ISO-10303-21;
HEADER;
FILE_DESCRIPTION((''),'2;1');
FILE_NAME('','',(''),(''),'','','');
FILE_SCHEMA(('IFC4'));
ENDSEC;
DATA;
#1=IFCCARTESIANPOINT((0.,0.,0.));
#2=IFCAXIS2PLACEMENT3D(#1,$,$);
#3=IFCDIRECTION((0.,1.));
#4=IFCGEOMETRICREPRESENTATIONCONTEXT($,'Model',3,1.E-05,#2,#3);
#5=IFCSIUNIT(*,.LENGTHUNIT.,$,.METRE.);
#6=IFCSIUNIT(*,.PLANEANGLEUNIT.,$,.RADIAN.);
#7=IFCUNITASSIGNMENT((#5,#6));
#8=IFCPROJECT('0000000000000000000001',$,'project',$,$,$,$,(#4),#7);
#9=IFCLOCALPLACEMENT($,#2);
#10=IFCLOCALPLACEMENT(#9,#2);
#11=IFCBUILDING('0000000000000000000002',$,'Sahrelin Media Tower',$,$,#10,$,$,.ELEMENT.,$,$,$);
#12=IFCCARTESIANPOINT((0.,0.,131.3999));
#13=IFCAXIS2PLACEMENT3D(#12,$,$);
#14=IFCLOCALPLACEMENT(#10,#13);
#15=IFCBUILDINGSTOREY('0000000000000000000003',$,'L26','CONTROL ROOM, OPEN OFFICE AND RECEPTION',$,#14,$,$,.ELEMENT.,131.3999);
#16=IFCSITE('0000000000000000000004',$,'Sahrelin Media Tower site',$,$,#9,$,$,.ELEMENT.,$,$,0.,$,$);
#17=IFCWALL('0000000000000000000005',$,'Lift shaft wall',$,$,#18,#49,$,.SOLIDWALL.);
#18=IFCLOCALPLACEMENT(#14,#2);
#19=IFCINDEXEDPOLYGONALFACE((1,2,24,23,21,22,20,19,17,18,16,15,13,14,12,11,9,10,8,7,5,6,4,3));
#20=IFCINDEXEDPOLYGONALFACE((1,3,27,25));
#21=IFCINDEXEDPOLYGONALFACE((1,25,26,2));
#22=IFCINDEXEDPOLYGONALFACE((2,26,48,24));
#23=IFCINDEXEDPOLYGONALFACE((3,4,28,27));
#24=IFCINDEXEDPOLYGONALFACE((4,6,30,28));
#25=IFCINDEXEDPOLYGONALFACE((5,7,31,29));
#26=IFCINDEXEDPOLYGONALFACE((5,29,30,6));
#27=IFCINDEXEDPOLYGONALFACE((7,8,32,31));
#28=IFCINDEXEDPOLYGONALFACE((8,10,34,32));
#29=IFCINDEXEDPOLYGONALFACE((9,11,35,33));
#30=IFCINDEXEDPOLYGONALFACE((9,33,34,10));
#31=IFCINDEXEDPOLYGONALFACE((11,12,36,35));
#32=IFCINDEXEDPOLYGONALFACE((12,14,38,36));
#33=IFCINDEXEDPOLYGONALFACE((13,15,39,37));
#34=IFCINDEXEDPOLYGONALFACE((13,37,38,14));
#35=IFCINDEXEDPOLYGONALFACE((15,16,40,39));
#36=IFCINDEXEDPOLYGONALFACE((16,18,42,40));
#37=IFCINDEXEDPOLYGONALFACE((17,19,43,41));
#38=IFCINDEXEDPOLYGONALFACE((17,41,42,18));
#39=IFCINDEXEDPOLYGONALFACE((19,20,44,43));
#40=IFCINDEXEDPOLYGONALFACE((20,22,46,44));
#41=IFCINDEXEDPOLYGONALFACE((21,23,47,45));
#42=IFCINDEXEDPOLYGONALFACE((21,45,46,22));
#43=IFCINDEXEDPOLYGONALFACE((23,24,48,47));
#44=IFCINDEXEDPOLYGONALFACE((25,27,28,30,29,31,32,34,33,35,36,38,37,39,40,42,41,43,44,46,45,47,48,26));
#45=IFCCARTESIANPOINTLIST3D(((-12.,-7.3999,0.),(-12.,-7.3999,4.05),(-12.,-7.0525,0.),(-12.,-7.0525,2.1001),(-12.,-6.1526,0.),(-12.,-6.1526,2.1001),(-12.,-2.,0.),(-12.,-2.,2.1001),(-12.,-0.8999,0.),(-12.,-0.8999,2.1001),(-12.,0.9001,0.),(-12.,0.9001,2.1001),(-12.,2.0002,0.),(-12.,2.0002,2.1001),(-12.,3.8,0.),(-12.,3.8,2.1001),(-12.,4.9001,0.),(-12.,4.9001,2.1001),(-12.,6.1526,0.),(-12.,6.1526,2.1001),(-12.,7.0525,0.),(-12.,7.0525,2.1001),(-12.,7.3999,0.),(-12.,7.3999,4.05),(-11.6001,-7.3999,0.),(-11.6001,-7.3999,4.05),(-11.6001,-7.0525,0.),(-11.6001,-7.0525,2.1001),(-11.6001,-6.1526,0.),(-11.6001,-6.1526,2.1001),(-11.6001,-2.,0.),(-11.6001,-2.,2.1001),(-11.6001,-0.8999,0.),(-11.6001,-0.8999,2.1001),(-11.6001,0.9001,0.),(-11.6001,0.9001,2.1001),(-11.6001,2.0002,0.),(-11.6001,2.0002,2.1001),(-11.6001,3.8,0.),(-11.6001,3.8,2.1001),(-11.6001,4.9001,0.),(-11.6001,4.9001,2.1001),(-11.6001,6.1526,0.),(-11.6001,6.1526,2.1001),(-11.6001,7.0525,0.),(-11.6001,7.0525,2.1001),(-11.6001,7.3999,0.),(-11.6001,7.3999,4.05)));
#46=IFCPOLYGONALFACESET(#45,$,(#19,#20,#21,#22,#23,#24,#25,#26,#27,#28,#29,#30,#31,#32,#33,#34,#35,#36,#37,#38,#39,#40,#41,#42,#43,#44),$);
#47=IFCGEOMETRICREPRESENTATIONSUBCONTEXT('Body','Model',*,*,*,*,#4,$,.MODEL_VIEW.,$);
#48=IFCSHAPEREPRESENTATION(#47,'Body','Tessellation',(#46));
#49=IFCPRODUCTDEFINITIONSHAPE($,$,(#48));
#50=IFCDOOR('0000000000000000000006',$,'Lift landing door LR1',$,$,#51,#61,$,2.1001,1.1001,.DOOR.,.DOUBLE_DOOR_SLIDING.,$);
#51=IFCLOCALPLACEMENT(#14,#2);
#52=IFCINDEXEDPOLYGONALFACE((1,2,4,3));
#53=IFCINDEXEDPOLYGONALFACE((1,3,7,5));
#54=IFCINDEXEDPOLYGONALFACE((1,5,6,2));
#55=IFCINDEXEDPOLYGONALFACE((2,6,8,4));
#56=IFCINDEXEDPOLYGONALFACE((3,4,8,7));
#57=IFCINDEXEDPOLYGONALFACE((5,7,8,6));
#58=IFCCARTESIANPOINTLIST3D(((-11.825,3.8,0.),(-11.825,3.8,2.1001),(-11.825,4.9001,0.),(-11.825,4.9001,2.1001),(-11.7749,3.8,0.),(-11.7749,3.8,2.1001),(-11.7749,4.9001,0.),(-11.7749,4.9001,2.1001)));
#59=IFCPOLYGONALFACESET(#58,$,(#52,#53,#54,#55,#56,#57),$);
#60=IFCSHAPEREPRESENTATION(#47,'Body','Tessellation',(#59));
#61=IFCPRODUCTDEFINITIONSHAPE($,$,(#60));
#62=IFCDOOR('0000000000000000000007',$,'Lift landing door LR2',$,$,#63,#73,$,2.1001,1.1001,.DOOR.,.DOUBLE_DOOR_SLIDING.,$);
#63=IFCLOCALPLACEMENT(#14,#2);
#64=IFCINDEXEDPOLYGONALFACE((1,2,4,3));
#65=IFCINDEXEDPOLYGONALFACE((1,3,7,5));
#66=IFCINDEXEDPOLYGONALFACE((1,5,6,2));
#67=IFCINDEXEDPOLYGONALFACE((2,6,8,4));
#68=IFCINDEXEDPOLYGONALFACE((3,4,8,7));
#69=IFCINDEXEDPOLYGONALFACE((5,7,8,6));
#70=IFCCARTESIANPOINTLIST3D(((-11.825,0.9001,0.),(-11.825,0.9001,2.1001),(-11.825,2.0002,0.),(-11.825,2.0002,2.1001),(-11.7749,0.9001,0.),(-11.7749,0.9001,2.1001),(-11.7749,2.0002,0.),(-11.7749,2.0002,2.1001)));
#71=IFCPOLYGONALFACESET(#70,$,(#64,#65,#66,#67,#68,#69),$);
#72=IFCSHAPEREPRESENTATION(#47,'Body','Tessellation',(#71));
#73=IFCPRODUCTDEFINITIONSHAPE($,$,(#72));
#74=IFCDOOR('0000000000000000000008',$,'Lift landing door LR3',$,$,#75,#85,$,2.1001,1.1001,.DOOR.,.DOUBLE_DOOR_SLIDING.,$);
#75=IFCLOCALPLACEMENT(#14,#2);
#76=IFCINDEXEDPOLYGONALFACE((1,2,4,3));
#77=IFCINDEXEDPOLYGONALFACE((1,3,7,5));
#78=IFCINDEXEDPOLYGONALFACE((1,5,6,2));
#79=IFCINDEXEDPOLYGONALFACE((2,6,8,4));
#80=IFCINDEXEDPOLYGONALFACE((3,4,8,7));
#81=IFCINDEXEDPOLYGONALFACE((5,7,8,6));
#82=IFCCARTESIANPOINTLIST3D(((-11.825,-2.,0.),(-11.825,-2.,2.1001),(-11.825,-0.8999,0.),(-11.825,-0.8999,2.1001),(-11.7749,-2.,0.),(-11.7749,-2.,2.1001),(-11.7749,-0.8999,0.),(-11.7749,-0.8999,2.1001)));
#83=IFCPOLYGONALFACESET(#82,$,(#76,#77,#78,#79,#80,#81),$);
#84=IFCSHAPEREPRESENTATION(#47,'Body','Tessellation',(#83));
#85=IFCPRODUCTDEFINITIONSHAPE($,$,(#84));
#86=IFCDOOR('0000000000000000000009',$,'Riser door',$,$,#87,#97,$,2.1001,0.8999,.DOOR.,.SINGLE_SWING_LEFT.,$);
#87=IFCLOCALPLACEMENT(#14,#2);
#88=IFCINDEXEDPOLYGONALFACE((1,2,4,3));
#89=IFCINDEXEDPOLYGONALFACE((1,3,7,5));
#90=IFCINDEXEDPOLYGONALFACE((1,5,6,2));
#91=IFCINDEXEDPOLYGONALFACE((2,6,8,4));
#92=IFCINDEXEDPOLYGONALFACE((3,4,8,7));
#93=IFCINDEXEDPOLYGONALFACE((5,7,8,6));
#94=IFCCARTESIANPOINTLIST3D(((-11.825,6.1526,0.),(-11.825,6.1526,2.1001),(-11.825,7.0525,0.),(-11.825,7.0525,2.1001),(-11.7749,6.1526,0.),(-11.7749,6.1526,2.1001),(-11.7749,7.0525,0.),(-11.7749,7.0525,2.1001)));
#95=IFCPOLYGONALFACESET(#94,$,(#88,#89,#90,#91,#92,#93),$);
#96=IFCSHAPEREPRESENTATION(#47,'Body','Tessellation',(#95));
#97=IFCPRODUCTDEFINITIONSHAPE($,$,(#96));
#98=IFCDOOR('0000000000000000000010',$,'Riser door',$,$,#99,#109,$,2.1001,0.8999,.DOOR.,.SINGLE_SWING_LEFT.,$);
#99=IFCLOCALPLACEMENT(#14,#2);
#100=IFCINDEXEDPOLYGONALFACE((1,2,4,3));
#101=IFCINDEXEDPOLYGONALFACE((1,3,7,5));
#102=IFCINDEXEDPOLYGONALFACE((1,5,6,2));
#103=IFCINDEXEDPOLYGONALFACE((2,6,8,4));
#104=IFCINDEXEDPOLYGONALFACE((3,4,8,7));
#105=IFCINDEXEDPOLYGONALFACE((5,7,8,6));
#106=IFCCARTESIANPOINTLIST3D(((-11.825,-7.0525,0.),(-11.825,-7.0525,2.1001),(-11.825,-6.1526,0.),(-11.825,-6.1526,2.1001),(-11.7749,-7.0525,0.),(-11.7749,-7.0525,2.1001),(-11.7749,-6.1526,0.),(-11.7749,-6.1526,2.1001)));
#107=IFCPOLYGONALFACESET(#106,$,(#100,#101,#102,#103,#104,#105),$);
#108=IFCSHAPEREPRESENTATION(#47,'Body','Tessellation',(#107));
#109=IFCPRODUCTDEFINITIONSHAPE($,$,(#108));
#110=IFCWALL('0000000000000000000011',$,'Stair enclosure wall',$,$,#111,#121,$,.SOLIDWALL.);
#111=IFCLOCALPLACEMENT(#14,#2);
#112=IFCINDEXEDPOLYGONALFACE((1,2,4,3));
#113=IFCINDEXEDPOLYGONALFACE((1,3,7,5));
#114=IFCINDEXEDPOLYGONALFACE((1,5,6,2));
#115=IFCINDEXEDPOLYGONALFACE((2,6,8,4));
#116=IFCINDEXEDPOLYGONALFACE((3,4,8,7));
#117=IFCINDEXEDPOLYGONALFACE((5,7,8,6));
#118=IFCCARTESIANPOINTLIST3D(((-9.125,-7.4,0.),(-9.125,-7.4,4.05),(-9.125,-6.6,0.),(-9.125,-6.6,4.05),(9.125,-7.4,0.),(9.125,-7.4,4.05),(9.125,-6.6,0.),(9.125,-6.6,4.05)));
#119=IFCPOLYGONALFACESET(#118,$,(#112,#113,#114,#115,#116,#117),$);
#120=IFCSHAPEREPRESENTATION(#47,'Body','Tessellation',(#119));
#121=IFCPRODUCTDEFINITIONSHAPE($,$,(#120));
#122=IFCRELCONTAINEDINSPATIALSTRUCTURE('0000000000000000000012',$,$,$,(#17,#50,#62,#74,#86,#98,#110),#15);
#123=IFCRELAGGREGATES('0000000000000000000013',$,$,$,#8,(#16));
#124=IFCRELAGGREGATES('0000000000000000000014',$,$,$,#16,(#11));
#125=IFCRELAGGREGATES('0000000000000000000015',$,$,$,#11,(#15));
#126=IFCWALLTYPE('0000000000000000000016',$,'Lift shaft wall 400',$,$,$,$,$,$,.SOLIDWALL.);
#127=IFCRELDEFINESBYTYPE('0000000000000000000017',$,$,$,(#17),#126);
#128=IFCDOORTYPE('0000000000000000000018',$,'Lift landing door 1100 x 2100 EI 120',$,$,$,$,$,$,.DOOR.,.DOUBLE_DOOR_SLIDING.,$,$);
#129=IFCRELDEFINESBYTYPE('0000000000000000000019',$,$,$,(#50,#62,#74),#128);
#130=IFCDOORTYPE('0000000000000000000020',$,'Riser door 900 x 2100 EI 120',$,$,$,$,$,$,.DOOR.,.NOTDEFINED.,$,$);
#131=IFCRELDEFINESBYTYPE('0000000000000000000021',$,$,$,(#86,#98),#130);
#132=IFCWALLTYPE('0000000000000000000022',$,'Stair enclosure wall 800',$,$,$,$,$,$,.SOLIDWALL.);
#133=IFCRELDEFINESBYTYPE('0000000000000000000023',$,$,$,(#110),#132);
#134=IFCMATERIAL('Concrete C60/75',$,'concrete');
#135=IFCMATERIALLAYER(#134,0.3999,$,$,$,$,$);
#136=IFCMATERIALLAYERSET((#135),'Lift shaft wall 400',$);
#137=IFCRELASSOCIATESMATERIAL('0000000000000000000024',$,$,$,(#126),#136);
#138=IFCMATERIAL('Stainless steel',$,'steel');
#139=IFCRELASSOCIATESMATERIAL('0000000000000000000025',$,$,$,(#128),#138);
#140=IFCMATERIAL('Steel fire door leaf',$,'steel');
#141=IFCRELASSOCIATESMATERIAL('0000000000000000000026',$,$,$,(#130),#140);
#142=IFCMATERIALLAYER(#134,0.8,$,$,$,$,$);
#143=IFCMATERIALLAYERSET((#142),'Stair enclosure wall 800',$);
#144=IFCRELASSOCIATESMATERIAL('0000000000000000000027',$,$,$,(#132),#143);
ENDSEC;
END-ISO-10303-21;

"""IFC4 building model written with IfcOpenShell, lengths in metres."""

from ifc_helpers import new_model, si_unit, direction, frame, frame_2d, origin, place, context, subcontext, project, spatial, rectangle, extrude, material, layer, layer_set, type_object, element, fill, save


model = new_model("IFC4")

# Units and contexts
model_context = context("Model", 3, precision=1e-05, world=origin(), true_north=direction((0.0, 1.0)))
body_context = subcontext(model_context, "Body", "Model", "MODEL_VIEW")
ifc_project = project(units=[si_unit("LENGTHUNIT", "METRE"), si_unit("PLANEANGLEUNIT", "RADIAN")], contexts=[model_context])

# Site, building, storey
site_placement = place(None, origin())
site = spatial("IfcSite", under=ifc_project, at=site_placement, Name="Sahrelin Media Tower site", CompositionType="ELEMENT", RefElevation=0.0)
building_placement = place(site_placement, origin())
building = spatial("IfcBuilding", under=site, at=building_placement, Name="Sahrelin Media Tower", CompositionType="ELEMENT")
storey_placement = place(building_placement, frame((0.0, 0.0, 131.3999)))
storey = spatial("IfcBuildingStorey", under=building, at=storey_placement, Name="L26", Description="CONTROL ROOM, OPEN OFFICE AND RECEPTION", CompositionType="ELEMENT", Elevation=131.3999)

# Shared definitions
ifc_material_1 = material(Name="Concrete C60/75", Category="concrete")
ifc_material_2 = material(Name="Steel fire door leaf", Category="steel")

# Wall, openings, doors
ifc_layer_1 = layer(ifc_material_1, 0.3999)
ifc_layer_set_1 = layer_set([ifc_layer_1], Name="Lift shaft wall 400")
wall_type_1 = type_object("IfcWallType", Name="Lift shaft wall 400", PredefinedType="SOLIDWALL", material=ifc_layer_set_1)
wall_1_placement = place(storey_placement, frame((-11.8, -7.3999, 0.0), z_axis=(0.0, 0.0, 1.0), x_axis=(0.0, 1.0, 0.0)))
wall_1 = element("IfcWall", 1, at=wall_1_placement, inside=storey, type_object=wall_type_1, Name="Lift shaft wall", PredefinedType="SOLIDWALL", context=body_context, shape_type="SweptSolid", body=[
    extrude(rectangle(XDim=14.7998, YDim=0.3999, at=frame_2d((7.3999, 0.0))), origin(), (0.0, 0.0, 1.0), 4.05),
])
opening_1_placement = place(wall_1_placement, frame((11.2, 0.0, 0.0)))
opening_1 = element("IfcOpeningElement", 2, at=opening_1_placement, cuts=wall_1, PredefinedType="OPENING", context=body_context, shape_type="SweptSolid", body=[
    extrude(rectangle(XDim=1.1001, YDim=2.1001, at=frame_2d((0.55, 1.05))), frame((0.0, 0.2, 0.0), z_axis=(0.0, -1.0, 0.0), x_axis=(1.0, 0.0, 0.0)), (0.0, 0.0, 1.0), 0.3999),
])
opening_2_placement = place(wall_1_placement, frame((8.3, 0.0, 0.0)))
opening_2 = element("IfcOpeningElement", 3, at=opening_2_placement, cuts=wall_1, PredefinedType="OPENING", context=body_context, shape_type="SweptSolid", body=[
    extrude(rectangle(XDim=1.1001, YDim=2.1001, at=frame_2d((0.55, 1.05))), frame((0.0, 0.2, 0.0), z_axis=(0.0, -1.0, 0.0), x_axis=(1.0, 0.0, 0.0)), (0.0, 0.0, 1.0), 0.3999),
])
opening_3_placement = place(wall_1_placement, frame((5.3999, 0.0, 0.0)))
opening_3 = element("IfcOpeningElement", 4, at=opening_3_placement, cuts=wall_1, PredefinedType="OPENING", context=body_context, shape_type="SweptSolid", body=[
    extrude(rectangle(XDim=1.1001, YDim=2.1001, at=frame_2d((0.55, 1.05))), frame((0.0, 0.2, 0.0), z_axis=(0.0, -1.0, 0.0), x_axis=(1.0, 0.0, 0.0)), (0.0, 0.0, 1.0), 0.3999),
])
opening_4_placement = place(wall_1_placement, frame((13.5525, 0.0, 0.0)))
opening_4 = element("IfcOpeningElement", 5, at=opening_4_placement, cuts=wall_1, PredefinedType="OPENING", context=body_context, shape_type="SweptSolid", body=[
    extrude(rectangle(XDim=0.8999, YDim=2.1001, at=frame_2d((0.45, 1.05))), frame((0.0, 0.2, 0.0), z_axis=(0.0, -1.0, 0.0), x_axis=(1.0, 0.0, 0.0)), (0.0, 0.0, 1.0), 0.3999),
])
opening_5_placement = place(wall_1_placement, frame((0.3474, 0.0, 0.0)))
opening_5 = element("IfcOpeningElement", 6, at=opening_5_placement, cuts=wall_1, PredefinedType="OPENING", context=body_context, shape_type="SweptSolid", body=[
    extrude(rectangle(XDim=0.8999, YDim=2.1001, at=frame_2d((0.45, 1.05))), frame((0.0, 0.2, 0.0), z_axis=(0.0, -1.0, 0.0), x_axis=(1.0, 0.0, 0.0)), (0.0, 0.0, 1.0), 0.3999),
])
ifc_material_3 = material(Name="Stainless steel", Category="steel")
door_type_1 = type_object("IfcDoorType", Name="Lift landing door 1100 x 2100 EI 120", OperationType="DOUBLE_DOOR_SLIDING", PredefinedType="DOOR", material=ifc_material_3)
door_1_placement = place(opening_1_placement, origin())
door_1 = element("IfcDoor", 7, at=door_1_placement, inside=storey, type_object=door_type_1, Name="Lift landing door LR1", OperationType="DOUBLE_DOOR_SLIDING", OverallHeight=2.1001, OverallWidth=1.1001, PredefinedType="DOOR", context=body_context, shape_type="SweptSolid", body=[
    extrude(rectangle(XDim=1.1001, YDim=2.1001, at=frame_2d((0.55, 1.05))), frame((0.0, 0.0249, 0.0), z_axis=(0.0, -1.0, 0.0), x_axis=(1.0, 0.0, 0.0)), (0.0, 0.0, 1.0), 0.05),
])
fill(opening_1, door_1)
door_2_placement = place(opening_2_placement, origin())
door_2 = element("IfcDoor", 8, at=door_2_placement, inside=storey, type_object=door_type_1, Name="Lift landing door LR2", OperationType="DOUBLE_DOOR_SLIDING", OverallHeight=2.1001, OverallWidth=1.1001, PredefinedType="DOOR", context=body_context, shape_type="SweptSolid", body=[
    extrude(rectangle(XDim=1.1001, YDim=2.1001, at=frame_2d((0.55, 1.05))), frame((0.0, 0.0249, 0.0), z_axis=(0.0, -1.0, 0.0), x_axis=(1.0, 0.0, 0.0)), (0.0, 0.0, 1.0), 0.05),
])
fill(opening_2, door_2)
door_3_placement = place(opening_3_placement, origin())
door_3 = element("IfcDoor", 9, at=door_3_placement, inside=storey, type_object=door_type_1, Name="Lift landing door LR3", OperationType="DOUBLE_DOOR_SLIDING", OverallHeight=2.1001, OverallWidth=1.1001, PredefinedType="DOOR", context=body_context, shape_type="SweptSolid", body=[
    extrude(rectangle(XDim=1.1001, YDim=2.1001, at=frame_2d((0.55, 1.05))), frame((0.0, 0.0249, 0.0), z_axis=(0.0, -1.0, 0.0), x_axis=(1.0, 0.0, 0.0)), (0.0, 0.0, 1.0), 0.05),
])
fill(opening_3, door_3)
door_type_2 = type_object("IfcDoorType", Name="Riser door 900 x 2100 EI 120", OperationType="NOTDEFINED", PredefinedType="DOOR", material=ifc_material_2)
door_4_placement = place(opening_4_placement, origin())
door_4 = element("IfcDoor", 10, at=door_4_placement, inside=storey, type_object=door_type_2, Name="Riser door", OperationType="SINGLE_SWING_LEFT", OverallHeight=2.1001, OverallWidth=0.8999, PredefinedType="DOOR", context=body_context, shape_type="SweptSolid", body=[
    extrude(rectangle(XDim=0.8999, YDim=2.1001, at=frame_2d((0.45, 1.05))), frame((0.0, 0.0249, 0.0), z_axis=(0.0, -1.0, 0.0), x_axis=(1.0, 0.0, 0.0)), (0.0, 0.0, 1.0), 0.05),
])
fill(opening_4, door_4)
door_5_placement = place(opening_5_placement, origin())
door_5 = element("IfcDoor", 11, at=door_5_placement, inside=storey, type_object=door_type_2, Name="Riser door", OperationType="SINGLE_SWING_LEFT", OverallHeight=2.1001, OverallWidth=0.8999, PredefinedType="DOOR", context=body_context, shape_type="SweptSolid", body=[
    extrude(rectangle(XDim=0.8999, YDim=2.1001, at=frame_2d((0.45, 1.05))), frame((0.0, 0.0249, 0.0), z_axis=(0.0, -1.0, 0.0), x_axis=(1.0, 0.0, 0.0)), (0.0, 0.0, 1.0), 0.05),
])
fill(opening_5, door_5)

# Wall
ifc_layer_2 = layer(ifc_material_1, 0.8)
ifc_layer_set_2 = layer_set([ifc_layer_2], Name="Stair enclosure wall 800")
wall_type_2 = type_object("IfcWallType", Name="Stair enclosure wall 800", PredefinedType="SOLIDWALL", material=ifc_layer_set_2)
wall_2_placement = place(storey_placement, frame((-9.125, -7.0, 0.0), z_axis=(0.0, 0.0, 1.0), x_axis=(1.0, 0.0, 0.0)))
element("IfcWall", 12, at=wall_2_placement, inside=storey, type_object=wall_type_2, Name="Stair enclosure wall", PredefinedType="SOLIDWALL", context=body_context, shape_type="SweptSolid", body=[
    extrude(rectangle(XDim=18.25, YDim=0.8, at=frame_2d((9.125, 0.0))), origin(), (0.0, 0.0, 1.0), 4.05),
])

save(model, "model.ifc")
